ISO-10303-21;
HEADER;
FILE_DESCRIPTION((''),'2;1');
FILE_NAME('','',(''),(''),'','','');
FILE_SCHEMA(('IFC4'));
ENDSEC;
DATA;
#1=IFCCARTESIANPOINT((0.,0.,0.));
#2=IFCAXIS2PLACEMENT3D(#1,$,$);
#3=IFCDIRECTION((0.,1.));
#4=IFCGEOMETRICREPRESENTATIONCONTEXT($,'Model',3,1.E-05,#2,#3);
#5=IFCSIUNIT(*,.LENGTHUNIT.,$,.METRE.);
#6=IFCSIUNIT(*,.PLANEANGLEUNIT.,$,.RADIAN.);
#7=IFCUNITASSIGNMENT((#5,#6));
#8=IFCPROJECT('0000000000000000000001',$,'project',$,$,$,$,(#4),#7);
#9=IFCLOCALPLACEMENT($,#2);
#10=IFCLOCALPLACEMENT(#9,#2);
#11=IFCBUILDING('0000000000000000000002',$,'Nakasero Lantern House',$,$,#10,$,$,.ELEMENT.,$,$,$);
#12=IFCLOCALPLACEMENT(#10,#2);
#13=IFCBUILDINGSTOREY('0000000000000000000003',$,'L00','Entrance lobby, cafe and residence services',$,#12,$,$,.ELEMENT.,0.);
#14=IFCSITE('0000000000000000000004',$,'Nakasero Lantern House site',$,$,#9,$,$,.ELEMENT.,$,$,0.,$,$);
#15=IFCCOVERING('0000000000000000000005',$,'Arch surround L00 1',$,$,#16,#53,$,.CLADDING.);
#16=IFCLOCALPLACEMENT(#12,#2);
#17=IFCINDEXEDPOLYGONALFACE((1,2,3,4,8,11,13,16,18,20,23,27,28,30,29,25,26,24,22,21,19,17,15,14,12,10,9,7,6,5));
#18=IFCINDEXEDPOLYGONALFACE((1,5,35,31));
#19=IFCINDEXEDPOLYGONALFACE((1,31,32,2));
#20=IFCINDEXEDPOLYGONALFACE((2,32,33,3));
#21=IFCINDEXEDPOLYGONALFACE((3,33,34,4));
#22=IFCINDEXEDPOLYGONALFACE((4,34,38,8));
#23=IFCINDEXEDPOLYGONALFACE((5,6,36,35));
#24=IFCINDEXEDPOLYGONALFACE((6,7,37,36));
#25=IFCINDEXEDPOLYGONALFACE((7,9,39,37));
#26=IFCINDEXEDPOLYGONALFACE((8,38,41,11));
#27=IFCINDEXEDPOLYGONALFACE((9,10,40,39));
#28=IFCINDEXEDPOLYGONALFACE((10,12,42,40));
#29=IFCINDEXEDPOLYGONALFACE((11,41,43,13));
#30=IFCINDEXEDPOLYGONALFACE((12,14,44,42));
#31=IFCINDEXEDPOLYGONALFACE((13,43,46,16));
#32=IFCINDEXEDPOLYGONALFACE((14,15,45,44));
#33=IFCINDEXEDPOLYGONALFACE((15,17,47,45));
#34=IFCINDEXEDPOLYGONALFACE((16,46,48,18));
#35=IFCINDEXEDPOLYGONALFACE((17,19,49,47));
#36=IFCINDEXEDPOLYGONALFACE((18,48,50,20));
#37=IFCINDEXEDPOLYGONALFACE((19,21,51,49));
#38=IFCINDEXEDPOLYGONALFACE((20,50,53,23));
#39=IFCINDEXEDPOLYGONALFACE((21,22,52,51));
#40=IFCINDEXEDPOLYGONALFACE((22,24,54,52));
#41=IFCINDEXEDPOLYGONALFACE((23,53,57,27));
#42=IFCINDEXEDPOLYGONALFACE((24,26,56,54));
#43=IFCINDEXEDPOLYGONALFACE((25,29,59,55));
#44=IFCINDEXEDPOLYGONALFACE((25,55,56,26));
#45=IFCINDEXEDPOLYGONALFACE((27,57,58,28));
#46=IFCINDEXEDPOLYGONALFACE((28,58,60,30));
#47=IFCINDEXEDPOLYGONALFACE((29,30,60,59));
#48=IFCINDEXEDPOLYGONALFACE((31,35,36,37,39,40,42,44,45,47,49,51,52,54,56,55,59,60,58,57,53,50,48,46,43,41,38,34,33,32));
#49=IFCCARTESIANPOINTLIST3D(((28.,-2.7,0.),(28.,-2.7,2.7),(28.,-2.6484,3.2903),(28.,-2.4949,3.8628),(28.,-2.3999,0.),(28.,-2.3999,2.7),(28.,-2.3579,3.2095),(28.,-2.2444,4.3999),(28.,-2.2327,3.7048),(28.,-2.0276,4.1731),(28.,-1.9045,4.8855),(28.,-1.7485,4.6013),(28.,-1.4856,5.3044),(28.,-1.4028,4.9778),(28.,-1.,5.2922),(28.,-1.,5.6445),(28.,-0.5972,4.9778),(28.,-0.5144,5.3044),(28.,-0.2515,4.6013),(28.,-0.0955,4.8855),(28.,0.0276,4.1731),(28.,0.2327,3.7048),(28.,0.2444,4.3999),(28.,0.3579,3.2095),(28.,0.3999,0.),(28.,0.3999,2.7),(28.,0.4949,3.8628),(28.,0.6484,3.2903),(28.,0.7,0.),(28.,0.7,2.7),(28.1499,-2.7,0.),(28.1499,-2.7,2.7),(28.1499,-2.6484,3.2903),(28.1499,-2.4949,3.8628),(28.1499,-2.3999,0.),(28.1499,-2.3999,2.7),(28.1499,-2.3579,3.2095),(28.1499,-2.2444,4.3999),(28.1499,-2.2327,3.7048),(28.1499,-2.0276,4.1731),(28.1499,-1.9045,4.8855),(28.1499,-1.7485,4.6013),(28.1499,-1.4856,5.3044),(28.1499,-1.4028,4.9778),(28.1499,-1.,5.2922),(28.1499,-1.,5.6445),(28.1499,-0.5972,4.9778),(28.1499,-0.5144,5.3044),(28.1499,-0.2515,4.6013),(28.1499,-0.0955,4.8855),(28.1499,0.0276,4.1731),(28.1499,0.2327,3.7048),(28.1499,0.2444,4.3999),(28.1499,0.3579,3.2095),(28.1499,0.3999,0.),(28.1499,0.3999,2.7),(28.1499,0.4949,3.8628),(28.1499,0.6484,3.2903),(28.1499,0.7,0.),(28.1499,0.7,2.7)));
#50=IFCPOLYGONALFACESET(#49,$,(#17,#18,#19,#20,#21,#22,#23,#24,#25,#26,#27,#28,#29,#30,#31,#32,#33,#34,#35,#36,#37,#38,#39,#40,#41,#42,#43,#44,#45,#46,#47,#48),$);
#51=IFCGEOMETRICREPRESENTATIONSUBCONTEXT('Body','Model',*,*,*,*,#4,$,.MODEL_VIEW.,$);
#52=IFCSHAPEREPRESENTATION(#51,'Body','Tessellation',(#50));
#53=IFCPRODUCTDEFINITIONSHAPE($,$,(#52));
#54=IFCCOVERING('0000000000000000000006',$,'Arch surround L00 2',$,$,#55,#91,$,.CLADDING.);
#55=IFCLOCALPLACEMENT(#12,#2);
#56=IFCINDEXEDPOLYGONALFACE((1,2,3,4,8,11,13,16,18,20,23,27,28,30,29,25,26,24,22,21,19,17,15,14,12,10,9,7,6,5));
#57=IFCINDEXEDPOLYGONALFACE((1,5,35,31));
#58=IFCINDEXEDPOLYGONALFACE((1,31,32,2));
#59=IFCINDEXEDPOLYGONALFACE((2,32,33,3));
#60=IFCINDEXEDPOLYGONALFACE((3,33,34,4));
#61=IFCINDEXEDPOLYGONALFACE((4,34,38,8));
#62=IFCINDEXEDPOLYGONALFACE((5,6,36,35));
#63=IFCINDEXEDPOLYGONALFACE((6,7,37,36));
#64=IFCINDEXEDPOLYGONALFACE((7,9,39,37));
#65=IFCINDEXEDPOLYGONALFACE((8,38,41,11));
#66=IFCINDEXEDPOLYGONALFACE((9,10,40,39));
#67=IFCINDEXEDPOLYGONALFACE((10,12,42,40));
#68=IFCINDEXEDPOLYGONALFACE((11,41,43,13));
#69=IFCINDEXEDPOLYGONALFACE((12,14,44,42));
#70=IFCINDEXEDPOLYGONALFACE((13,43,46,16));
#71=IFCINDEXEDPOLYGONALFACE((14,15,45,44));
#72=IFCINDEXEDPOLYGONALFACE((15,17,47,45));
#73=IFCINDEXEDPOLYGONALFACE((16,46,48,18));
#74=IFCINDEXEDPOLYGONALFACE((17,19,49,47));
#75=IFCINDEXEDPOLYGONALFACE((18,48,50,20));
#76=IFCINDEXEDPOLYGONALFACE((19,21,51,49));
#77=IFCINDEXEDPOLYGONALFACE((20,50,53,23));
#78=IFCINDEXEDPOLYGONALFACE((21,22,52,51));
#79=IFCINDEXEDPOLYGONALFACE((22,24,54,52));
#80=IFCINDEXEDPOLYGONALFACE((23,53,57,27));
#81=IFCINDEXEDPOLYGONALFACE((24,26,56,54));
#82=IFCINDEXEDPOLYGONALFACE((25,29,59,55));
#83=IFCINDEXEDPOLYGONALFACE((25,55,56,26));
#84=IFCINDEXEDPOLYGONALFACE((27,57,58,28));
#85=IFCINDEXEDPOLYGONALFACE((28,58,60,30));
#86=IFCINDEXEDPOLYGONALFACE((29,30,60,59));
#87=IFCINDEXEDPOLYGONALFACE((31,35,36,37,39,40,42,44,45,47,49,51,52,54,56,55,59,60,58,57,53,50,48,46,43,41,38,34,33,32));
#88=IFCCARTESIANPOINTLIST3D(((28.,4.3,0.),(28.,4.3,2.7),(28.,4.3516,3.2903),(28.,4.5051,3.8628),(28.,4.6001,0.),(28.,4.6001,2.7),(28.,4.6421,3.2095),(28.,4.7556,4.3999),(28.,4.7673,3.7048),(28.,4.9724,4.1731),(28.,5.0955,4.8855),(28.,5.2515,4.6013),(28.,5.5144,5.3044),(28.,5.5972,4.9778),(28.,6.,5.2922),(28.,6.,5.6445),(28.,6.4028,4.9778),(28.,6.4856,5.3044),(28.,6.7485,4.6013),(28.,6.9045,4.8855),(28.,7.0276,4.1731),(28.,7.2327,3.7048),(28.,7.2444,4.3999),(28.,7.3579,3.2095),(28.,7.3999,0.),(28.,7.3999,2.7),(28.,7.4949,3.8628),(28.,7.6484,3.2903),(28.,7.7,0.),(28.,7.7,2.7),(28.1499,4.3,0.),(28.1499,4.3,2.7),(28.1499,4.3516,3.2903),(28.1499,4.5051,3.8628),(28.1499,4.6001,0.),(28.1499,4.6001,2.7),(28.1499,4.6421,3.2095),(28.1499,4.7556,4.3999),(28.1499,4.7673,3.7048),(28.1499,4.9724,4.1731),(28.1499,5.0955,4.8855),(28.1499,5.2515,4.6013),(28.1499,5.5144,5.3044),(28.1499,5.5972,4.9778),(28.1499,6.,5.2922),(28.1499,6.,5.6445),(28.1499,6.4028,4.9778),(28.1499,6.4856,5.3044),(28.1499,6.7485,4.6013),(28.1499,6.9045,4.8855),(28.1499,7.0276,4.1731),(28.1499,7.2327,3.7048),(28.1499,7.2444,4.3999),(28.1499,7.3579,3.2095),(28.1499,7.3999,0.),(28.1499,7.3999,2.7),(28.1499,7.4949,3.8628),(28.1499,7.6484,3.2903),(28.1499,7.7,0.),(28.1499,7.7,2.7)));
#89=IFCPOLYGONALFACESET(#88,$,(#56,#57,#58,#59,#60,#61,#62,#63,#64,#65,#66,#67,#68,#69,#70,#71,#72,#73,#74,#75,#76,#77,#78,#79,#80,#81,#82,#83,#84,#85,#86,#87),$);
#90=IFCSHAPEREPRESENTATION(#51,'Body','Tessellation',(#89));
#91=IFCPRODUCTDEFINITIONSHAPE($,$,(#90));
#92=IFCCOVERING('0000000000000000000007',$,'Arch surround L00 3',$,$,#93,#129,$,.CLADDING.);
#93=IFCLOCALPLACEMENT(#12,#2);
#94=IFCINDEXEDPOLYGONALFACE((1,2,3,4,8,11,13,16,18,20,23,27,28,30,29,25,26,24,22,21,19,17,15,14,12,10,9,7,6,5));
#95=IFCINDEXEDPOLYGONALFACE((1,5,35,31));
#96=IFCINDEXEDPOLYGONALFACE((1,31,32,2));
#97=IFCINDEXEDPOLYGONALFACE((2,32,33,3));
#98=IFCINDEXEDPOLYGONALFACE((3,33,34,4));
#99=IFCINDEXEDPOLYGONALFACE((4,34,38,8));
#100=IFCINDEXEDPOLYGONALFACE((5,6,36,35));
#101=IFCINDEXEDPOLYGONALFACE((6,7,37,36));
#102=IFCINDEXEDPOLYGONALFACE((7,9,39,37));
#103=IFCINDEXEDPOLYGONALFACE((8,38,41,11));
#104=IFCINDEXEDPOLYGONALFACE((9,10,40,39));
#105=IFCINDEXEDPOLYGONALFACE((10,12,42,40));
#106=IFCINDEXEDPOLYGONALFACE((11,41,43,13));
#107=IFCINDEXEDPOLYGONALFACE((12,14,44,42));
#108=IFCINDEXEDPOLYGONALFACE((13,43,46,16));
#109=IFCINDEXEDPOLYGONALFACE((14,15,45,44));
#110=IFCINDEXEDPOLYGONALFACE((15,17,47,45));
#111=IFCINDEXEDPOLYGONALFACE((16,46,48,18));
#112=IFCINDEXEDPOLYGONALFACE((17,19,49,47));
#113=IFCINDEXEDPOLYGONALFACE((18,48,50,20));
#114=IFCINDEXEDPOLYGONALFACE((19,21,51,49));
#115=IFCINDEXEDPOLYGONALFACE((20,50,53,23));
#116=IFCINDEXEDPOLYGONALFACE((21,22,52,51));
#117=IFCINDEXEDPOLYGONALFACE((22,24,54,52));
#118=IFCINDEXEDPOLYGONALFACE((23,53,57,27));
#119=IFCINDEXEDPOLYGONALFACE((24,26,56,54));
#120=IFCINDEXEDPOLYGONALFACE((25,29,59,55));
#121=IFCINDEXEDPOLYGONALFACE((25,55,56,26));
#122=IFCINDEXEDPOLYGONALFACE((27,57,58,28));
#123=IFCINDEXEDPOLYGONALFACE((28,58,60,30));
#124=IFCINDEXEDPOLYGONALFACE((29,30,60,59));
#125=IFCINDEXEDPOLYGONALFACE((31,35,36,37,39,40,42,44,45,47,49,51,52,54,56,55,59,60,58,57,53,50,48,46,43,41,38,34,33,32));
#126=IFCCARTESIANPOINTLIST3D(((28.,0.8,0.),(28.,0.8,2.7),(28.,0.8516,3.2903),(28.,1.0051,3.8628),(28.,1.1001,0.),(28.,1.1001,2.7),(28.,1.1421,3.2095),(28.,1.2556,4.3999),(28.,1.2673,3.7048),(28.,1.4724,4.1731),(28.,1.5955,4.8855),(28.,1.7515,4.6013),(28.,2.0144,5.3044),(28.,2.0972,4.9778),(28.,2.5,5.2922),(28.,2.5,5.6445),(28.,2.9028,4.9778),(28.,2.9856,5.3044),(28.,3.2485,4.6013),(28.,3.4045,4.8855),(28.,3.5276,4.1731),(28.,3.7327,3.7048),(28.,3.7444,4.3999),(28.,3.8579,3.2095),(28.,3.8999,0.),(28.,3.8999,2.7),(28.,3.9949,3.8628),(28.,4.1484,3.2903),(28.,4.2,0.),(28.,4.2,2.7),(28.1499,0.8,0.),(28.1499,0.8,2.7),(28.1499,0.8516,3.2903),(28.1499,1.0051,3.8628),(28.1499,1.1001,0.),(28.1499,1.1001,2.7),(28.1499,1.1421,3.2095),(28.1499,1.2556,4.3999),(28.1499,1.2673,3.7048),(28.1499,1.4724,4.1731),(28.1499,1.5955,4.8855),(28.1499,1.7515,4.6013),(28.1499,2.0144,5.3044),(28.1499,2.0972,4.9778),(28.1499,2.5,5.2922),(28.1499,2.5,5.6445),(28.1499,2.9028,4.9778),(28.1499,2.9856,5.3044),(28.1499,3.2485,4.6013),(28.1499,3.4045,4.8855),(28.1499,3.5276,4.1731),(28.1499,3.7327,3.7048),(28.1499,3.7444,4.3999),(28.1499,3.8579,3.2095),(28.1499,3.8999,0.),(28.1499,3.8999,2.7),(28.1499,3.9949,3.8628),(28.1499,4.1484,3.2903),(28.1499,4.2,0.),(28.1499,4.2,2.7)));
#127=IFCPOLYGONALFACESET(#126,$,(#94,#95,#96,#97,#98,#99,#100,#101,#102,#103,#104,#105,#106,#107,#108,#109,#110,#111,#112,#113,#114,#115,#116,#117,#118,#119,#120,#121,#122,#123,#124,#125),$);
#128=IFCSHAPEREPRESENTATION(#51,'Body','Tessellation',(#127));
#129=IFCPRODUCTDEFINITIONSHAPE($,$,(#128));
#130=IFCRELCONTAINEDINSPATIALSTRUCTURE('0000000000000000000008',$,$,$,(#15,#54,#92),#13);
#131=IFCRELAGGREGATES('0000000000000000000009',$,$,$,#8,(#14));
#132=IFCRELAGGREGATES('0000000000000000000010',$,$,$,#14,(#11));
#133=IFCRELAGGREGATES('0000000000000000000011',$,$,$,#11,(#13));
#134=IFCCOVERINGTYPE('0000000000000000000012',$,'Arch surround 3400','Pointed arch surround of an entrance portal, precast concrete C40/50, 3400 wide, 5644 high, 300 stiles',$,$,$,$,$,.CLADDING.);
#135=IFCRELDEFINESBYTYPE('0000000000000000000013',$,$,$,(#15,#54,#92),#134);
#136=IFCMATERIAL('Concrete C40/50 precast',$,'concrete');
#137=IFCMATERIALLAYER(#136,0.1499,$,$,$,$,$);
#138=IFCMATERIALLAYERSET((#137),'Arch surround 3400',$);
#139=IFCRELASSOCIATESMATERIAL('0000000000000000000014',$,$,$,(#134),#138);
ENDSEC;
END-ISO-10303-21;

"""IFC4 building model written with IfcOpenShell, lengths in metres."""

from ifc_helpers import new_model, si_unit, direction, frame, origin, place, context, subcontext, project, spatial, polyline, outline, extrude, material, layer, layer_set, type_object, element, save


model = new_model("IFC4")

# Units and contexts
model_context = context("Model", 3, precision=1e-05, world=origin(), true_north=direction((0.0, 1.0)))
body_context = subcontext(model_context, "Body", "Model", "MODEL_VIEW")
ifc_project = project(units=[si_unit("LENGTHUNIT", "METRE"), si_unit("PLANEANGLEUNIT", "RADIAN")], contexts=[model_context])

# Site, building, storey
site_placement = place(None, origin())
site = spatial("IfcSite", under=ifc_project, at=site_placement, Name="Nakasero Lantern House site", CompositionType="ELEMENT", RefElevation=0.0)
building_placement = place(site_placement, origin())
building = spatial("IfcBuilding", under=site, at=building_placement, Name="Nakasero Lantern House", CompositionType="ELEMENT")
storey_placement = place(building_placement, origin())
storey = spatial("IfcBuildingStorey", under=building, at=storey_placement, Name="L00", Description="Entrance lobby, cafe and residence services", CompositionType="ELEMENT", Elevation=0.0)

# Coverings
ifc_material_1 = material(Name="Concrete C40/50 precast", Category="concrete")
ifc_layer_1 = layer(ifc_material_1, 0.1499)
ifc_layer_set_1 = layer_set([ifc_layer_1], Name="Arch surround 3400")
covering_type = type_object("IfcCoveringType", Name="Arch surround 3400", Description="Pointed arch surround of an entrance portal, precast concrete C40/50, 3400 wide, 5644 high, 300 stiles", PredefinedType="CLADDING", material=ifc_layer_set_1)
for number, where, z_axis, x_axis, name in (
    (1, (28.075, -1.0, 0.0), (0.0, 0.0, 1.0), (0.0, 1.0, 0.0), "Arch surround L00 1"),
    (2, (28.075, 6.0, 0.0), (0.0, 0.0, 1.0), (0.0, 1.0, 0.0), "Arch surround L00 2"),
    (3, (28.075, 2.5, 0.0), (0.0, 0.0, 1.0), (0.0, 1.0, 0.0), "Arch surround L00 3"),
):
    element("IfcCovering", number, at=place(storey_placement, frame(where, z_axis=z_axis, x_axis=x_axis)), inside=storey, type_object=covering_type, Name=name, PredefinedType="CLADDING", context=body_context, shape_type="SweptSolid", body=[
        extrude(outline(polyline([(1.7, 0.0), (1.7, 2.7), (1.6484, 3.2903), (1.4949, 3.8628), (1.2444, 4.3999), (0.9045, 4.8855), (0.4856, 5.3044), (0.0, 5.6445), (-0.4856, 5.3044), (-0.9045, 4.8855), (-1.2444, 4.3999), (-1.4949, 3.8628), (-1.6484, 3.2903), (-1.7, 2.7), (-1.7, 0.0), (-1.3999, 0.0), (-1.3999, 2.7), (-1.3579, 3.2095), (-1.2327, 3.7048), (-1.0276, 4.1731), (-0.7485, 4.6013), (-0.4028, 4.9778), (0.0, 5.2922), (0.4028, 4.9778), (0.7485, 4.6013), (1.0276, 4.1731), (1.2327, 3.7048), (1.3579, 3.2095), (1.3999, 2.7), (1.3999, 0.0), (1.7, 0.0)])), frame((0.0, 0.075, 0.0), z_axis=(0.0, -1.0, 0.0), x_axis=(1.0, 0.0, 0.0)), (0.0, 0.0, 1.0), 0.1499),
    ])

save(model, "model.ifc")
